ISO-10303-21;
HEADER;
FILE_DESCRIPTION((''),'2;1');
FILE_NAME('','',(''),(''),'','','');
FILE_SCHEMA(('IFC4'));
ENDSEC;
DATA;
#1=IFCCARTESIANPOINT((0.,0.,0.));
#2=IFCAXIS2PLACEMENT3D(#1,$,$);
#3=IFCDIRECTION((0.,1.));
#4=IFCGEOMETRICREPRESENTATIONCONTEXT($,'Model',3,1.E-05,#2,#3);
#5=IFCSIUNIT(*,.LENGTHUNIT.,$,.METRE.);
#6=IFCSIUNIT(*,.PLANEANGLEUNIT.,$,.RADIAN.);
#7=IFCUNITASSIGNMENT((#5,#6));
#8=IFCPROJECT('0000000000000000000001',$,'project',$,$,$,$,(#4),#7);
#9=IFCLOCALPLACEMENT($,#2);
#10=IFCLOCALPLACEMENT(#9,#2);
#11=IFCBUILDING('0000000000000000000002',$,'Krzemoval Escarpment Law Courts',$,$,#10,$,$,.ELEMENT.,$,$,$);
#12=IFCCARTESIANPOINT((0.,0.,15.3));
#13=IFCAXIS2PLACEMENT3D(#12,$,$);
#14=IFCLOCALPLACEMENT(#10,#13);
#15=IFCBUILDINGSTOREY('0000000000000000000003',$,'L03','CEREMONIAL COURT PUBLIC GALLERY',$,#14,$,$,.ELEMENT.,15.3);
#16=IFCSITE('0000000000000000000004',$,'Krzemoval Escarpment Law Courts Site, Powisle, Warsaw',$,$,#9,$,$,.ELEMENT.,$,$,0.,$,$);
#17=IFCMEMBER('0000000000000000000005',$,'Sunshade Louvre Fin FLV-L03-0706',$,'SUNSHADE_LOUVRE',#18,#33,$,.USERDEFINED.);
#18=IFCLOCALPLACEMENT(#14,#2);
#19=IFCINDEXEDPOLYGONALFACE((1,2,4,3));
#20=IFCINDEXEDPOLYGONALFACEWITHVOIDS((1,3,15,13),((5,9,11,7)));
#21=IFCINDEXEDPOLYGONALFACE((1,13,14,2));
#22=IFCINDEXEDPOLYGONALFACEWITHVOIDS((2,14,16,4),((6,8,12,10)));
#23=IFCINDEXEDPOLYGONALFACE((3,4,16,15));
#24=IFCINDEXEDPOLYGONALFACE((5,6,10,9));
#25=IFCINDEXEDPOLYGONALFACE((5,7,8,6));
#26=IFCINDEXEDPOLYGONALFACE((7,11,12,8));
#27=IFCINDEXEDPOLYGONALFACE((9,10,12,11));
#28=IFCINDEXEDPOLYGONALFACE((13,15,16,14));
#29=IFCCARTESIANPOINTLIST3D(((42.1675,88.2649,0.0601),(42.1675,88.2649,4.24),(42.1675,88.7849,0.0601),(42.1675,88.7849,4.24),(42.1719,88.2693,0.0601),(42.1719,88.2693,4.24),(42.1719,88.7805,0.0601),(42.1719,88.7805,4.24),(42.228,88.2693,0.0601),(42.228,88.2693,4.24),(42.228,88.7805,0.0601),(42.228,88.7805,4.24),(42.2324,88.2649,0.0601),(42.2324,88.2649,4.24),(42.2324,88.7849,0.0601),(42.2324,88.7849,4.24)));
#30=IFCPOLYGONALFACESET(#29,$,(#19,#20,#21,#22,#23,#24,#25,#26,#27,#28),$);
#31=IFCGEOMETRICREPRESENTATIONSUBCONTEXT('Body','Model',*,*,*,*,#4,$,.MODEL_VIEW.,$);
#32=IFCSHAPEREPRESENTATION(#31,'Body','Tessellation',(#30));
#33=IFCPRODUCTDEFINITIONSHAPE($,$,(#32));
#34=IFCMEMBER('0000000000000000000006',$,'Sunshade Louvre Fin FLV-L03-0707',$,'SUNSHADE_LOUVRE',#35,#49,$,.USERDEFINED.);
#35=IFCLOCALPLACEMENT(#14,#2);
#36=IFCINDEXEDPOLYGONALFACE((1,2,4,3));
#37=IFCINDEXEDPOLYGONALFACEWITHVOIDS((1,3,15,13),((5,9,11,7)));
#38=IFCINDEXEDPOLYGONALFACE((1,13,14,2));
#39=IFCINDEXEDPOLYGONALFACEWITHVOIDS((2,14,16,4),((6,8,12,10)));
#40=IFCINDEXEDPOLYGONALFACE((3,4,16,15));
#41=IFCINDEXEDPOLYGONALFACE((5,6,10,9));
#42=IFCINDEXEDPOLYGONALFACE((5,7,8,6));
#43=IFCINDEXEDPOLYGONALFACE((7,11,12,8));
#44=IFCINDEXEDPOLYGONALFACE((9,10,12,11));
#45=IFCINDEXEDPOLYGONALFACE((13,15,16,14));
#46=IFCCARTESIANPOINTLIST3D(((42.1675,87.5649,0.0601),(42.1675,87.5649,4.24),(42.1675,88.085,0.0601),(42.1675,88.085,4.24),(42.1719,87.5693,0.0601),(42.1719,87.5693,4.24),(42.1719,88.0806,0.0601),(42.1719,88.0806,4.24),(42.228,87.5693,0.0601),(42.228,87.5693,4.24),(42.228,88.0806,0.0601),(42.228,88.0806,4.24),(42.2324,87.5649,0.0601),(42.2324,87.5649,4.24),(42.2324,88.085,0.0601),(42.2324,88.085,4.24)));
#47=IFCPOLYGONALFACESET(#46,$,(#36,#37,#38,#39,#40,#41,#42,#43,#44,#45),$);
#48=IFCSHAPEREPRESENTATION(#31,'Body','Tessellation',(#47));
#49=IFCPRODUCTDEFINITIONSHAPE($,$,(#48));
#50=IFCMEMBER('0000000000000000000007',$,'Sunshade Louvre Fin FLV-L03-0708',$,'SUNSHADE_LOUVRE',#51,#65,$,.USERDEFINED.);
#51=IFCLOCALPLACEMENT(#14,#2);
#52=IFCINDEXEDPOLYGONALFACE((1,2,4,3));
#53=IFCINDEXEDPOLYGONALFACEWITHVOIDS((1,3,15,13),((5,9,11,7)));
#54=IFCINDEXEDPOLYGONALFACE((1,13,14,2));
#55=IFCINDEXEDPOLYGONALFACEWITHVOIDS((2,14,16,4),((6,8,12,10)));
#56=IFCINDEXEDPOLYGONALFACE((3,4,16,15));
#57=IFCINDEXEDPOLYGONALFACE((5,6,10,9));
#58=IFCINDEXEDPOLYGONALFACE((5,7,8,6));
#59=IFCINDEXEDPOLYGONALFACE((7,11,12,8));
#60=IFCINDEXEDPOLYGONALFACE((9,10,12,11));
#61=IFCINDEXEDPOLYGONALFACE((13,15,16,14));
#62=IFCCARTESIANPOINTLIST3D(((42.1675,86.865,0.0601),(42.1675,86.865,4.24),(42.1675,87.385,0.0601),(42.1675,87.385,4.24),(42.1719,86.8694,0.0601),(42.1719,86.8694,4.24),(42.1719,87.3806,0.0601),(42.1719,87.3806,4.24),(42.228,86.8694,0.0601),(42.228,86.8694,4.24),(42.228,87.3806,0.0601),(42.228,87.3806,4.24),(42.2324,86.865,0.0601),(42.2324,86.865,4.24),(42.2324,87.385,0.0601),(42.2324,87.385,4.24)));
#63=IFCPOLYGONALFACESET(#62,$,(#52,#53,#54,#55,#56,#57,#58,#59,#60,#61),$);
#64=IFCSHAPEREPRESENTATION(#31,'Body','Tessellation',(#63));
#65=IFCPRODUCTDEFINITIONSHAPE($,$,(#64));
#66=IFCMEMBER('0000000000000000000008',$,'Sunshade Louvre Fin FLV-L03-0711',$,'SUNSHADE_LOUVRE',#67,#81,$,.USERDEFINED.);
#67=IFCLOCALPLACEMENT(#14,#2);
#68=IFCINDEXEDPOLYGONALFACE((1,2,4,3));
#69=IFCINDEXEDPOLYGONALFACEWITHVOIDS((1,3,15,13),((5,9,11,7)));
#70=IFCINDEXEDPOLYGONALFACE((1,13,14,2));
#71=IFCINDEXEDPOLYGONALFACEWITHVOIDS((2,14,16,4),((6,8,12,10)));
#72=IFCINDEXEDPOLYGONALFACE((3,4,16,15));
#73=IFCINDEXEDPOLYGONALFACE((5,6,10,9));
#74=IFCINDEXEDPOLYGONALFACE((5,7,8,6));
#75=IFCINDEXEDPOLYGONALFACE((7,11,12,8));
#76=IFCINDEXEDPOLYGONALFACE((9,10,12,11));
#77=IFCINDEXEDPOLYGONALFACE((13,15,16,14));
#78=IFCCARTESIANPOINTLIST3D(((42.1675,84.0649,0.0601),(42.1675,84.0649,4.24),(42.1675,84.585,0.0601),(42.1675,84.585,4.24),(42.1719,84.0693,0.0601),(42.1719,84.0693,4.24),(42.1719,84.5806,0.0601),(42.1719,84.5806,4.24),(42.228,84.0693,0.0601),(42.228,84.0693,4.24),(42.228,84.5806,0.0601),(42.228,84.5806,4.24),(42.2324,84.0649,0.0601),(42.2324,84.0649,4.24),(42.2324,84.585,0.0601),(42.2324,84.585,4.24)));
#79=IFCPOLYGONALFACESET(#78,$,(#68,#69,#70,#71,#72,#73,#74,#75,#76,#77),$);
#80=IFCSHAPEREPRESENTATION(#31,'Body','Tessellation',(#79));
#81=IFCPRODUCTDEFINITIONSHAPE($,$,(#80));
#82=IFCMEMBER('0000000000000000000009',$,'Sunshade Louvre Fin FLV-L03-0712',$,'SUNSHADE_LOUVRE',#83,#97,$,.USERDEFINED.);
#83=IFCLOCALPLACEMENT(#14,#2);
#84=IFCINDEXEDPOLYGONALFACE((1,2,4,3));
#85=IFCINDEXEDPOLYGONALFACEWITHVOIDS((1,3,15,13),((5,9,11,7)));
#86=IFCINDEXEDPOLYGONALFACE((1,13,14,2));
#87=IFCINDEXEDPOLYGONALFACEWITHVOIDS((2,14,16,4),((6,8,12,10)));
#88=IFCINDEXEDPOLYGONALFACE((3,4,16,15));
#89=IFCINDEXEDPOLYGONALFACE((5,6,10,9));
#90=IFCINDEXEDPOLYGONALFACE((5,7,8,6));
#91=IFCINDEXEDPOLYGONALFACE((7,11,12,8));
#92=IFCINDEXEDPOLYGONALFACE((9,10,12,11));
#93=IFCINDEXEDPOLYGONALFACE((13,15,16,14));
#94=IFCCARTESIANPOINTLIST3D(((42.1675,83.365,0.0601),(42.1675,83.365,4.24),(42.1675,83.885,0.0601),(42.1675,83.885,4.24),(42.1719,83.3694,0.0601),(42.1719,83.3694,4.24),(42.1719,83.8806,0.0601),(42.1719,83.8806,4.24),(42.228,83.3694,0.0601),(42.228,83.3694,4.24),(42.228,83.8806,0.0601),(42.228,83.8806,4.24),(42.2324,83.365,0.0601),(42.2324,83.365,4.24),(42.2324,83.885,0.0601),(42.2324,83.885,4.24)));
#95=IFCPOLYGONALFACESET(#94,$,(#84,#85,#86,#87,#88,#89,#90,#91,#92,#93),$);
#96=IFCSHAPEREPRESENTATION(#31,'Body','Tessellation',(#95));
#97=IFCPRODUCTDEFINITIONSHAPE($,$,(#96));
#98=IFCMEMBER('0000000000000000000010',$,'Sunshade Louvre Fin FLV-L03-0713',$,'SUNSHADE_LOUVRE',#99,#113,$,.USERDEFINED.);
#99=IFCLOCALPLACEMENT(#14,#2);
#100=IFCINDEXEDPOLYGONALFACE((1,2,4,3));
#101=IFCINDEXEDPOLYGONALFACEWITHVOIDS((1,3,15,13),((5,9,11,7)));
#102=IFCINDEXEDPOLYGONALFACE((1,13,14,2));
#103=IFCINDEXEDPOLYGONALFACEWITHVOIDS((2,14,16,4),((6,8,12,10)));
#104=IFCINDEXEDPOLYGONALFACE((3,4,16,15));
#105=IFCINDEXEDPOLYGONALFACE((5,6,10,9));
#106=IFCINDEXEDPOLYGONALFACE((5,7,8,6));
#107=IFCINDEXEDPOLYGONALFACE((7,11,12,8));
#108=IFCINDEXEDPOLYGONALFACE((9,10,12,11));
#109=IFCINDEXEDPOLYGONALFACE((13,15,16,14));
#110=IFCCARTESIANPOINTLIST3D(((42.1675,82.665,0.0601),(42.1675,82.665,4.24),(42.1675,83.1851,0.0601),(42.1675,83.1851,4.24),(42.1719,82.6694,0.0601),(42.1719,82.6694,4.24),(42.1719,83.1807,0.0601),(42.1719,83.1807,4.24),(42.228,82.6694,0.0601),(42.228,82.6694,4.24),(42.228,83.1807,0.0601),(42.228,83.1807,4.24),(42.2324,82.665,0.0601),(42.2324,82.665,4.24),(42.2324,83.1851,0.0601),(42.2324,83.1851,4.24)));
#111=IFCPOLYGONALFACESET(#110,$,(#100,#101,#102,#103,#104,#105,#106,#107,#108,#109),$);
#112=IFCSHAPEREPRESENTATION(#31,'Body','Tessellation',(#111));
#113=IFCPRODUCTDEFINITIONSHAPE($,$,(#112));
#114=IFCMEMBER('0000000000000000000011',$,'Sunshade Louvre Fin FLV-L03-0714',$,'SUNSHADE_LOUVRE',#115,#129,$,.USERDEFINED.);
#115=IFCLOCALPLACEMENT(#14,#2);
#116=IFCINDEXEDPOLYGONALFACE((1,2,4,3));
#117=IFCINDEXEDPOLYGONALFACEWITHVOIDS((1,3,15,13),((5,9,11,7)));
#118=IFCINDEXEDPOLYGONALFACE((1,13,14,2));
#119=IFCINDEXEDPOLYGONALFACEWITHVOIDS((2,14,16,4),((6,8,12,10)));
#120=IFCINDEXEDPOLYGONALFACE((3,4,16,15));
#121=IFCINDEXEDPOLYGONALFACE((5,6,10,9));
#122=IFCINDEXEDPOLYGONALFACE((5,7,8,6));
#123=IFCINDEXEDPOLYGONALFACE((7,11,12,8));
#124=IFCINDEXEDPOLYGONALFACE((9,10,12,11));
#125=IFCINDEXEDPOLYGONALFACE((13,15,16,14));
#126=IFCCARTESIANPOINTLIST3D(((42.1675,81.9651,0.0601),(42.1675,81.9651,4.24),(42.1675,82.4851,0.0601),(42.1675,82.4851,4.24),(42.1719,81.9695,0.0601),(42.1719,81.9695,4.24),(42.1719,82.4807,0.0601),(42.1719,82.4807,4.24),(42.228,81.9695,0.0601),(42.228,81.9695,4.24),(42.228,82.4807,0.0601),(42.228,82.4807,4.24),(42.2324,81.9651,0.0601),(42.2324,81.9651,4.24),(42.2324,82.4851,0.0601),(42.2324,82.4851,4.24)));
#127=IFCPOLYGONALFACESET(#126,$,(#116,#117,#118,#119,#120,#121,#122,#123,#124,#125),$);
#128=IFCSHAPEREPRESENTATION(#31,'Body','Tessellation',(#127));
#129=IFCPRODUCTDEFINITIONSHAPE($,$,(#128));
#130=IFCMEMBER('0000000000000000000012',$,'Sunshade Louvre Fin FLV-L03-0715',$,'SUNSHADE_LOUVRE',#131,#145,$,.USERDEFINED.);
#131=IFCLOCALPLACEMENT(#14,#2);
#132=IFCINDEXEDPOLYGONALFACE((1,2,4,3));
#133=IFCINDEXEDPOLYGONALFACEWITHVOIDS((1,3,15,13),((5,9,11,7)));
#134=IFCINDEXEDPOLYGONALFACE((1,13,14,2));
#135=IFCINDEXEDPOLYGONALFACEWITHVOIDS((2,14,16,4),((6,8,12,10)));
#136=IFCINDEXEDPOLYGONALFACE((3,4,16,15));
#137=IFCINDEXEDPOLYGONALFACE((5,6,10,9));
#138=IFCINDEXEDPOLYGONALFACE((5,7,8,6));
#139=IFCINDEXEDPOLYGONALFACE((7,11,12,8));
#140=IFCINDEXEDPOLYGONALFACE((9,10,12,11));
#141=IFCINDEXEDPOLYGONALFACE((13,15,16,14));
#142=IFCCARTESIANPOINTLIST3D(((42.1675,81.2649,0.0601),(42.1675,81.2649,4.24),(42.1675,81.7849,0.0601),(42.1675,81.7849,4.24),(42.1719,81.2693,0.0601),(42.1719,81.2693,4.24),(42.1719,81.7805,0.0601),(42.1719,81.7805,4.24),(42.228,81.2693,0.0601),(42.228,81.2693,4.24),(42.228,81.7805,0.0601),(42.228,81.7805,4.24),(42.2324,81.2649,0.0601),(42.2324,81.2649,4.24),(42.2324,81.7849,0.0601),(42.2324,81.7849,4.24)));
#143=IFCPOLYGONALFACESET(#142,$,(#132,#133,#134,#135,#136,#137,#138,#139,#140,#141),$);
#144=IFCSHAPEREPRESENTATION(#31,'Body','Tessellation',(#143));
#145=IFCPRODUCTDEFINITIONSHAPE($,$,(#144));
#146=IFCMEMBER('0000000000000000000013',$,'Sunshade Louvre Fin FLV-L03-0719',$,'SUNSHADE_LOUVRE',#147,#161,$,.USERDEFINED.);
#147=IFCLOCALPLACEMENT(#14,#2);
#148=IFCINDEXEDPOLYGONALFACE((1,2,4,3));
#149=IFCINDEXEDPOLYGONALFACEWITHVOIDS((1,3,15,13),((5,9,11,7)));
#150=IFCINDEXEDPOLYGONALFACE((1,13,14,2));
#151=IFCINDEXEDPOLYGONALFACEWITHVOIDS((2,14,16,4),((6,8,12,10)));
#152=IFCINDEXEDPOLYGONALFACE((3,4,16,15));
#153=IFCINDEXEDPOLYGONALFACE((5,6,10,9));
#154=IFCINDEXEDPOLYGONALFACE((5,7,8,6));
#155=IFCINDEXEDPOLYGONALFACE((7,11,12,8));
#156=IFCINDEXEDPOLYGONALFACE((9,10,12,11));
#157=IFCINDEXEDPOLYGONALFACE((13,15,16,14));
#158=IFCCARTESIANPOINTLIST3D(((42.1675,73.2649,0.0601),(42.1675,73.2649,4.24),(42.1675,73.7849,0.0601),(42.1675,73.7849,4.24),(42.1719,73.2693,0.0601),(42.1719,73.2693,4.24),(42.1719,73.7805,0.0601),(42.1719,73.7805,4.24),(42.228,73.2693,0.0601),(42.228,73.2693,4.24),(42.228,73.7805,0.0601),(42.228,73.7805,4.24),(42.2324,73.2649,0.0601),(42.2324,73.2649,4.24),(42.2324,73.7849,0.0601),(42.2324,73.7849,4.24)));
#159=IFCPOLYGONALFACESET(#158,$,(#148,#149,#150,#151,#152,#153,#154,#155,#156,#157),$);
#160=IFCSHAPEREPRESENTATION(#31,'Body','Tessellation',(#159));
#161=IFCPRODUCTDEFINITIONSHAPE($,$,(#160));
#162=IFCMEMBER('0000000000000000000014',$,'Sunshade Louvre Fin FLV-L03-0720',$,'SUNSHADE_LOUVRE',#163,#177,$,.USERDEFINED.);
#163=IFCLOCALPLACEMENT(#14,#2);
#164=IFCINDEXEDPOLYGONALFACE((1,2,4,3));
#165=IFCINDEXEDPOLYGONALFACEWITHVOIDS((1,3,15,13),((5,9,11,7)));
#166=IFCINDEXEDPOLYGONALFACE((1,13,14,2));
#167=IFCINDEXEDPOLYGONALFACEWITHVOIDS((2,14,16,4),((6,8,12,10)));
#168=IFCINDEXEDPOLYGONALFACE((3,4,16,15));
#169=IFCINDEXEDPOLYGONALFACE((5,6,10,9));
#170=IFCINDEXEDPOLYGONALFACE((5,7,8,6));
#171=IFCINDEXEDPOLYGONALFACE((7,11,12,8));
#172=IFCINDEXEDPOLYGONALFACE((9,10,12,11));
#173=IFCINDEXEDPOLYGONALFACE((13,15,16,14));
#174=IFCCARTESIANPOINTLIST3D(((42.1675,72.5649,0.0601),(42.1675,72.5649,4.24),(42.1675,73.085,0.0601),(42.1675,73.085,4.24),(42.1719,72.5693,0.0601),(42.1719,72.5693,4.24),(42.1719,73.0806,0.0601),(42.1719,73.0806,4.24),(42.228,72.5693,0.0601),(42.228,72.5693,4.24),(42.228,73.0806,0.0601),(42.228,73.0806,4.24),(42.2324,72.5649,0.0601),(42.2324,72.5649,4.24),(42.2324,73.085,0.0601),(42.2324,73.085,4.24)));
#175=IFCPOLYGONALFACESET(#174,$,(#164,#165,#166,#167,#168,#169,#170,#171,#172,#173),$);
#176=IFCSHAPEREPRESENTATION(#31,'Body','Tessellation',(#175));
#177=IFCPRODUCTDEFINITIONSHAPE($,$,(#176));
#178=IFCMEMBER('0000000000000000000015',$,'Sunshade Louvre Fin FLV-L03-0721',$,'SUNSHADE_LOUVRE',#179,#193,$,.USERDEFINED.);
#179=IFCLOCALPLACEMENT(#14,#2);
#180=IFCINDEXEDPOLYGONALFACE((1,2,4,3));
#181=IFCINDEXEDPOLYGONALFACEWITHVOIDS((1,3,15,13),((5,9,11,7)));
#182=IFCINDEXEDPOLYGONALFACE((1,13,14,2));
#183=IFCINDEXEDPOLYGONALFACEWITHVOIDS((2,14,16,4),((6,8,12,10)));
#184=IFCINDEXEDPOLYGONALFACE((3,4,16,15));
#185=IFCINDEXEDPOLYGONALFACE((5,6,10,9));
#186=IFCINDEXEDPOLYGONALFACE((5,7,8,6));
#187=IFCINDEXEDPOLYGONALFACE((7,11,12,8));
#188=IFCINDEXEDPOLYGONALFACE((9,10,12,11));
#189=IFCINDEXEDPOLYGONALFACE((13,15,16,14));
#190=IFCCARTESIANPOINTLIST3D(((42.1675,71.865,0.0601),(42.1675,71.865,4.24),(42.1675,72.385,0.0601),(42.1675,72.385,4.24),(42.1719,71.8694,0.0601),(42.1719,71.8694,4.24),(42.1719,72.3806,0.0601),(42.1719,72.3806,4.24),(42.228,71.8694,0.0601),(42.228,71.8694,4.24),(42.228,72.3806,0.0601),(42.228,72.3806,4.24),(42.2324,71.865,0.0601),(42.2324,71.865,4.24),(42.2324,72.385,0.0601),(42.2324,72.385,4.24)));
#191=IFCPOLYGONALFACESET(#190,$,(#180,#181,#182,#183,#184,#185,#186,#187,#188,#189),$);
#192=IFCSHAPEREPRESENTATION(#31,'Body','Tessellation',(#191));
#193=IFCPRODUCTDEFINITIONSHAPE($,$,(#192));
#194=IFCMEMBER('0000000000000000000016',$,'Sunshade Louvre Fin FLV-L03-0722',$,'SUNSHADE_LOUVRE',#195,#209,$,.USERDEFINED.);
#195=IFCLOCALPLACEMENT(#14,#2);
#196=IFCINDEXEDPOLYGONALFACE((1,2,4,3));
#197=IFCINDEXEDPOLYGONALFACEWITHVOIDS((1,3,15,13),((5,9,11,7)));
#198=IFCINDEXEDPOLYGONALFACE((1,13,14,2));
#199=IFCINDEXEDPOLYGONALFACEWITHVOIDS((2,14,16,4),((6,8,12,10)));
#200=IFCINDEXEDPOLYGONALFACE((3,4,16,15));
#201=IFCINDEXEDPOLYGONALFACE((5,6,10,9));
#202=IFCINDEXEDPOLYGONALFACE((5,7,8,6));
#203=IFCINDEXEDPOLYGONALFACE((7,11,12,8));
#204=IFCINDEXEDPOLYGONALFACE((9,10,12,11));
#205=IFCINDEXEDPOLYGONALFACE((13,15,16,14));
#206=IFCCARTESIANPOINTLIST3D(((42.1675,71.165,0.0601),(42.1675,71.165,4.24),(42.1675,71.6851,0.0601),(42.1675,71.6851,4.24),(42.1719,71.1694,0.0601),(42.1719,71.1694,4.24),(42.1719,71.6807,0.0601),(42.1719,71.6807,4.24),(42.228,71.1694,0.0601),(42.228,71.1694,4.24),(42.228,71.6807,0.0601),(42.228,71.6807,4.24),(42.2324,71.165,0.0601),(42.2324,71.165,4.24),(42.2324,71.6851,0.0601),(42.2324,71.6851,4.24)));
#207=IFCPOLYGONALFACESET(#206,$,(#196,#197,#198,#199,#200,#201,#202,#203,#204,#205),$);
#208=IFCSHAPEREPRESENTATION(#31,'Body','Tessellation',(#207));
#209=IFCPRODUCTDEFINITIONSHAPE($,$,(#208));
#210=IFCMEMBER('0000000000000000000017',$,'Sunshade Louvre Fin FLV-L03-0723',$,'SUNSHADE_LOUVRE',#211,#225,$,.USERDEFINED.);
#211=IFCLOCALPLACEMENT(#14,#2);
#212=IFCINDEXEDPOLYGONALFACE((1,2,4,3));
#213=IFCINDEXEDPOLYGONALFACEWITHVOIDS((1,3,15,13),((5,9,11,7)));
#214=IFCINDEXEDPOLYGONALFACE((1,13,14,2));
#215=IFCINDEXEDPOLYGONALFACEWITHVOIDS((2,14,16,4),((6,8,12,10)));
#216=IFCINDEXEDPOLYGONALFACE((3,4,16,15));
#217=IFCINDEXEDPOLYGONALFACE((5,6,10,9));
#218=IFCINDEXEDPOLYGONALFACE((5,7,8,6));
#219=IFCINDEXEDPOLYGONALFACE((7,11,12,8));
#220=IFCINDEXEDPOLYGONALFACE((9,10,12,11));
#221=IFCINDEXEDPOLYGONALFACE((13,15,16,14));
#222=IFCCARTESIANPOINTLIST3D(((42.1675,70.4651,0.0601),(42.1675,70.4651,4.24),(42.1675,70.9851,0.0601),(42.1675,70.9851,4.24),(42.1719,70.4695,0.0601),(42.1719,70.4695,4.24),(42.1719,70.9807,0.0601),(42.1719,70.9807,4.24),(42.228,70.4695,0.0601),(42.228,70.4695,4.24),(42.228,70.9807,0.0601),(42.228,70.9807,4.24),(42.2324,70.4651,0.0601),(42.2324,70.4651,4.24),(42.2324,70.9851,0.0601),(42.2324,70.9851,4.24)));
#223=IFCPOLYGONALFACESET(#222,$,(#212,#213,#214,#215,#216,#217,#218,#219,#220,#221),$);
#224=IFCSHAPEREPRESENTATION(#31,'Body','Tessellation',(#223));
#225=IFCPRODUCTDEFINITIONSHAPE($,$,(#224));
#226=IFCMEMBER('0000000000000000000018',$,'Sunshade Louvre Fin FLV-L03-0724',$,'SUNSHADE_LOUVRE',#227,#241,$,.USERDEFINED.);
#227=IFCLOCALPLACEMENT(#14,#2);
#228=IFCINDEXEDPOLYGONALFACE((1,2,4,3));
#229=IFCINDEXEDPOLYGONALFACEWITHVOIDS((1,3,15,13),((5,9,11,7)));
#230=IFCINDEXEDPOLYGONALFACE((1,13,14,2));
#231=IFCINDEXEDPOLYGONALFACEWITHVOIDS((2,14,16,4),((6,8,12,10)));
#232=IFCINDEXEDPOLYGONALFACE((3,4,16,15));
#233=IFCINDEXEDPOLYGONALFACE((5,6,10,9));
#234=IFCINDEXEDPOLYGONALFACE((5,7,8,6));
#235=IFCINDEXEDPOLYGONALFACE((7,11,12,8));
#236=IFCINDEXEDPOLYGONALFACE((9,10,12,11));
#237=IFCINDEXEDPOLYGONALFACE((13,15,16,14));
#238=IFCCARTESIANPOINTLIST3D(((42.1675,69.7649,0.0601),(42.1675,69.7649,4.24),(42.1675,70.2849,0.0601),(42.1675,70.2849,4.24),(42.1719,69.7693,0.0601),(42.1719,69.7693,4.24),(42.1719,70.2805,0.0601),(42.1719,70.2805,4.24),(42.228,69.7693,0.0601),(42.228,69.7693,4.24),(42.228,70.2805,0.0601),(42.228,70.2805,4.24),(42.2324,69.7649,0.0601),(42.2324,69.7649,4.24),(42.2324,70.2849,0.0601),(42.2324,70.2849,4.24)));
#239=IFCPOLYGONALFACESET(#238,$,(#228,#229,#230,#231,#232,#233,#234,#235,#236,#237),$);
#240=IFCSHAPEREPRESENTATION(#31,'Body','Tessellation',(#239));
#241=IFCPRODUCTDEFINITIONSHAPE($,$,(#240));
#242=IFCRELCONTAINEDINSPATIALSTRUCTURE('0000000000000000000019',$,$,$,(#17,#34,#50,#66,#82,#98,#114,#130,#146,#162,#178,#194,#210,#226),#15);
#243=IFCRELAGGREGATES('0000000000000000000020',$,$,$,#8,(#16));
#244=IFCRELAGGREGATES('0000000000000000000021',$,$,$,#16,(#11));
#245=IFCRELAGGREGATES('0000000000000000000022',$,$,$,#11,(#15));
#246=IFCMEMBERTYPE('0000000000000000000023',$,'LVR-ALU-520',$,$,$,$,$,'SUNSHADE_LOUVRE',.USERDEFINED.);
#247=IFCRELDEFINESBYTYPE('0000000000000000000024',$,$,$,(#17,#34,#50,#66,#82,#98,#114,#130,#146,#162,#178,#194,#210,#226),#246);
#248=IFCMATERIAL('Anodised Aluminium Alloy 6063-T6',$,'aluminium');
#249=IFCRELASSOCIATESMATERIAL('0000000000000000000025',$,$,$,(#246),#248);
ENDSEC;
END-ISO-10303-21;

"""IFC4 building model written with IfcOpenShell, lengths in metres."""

from ifc_helpers import new_model, si_unit, direction, frame, origin, origin_2d, place, context, subcontext, project, spatial, hollow_rectangle, extrude, material, material_profile, profile_set, type_object, element, save


model = new_model("IFC4")

# Units and contexts
model_context = context("Model", 3, precision=1e-05, world=origin(), true_north=direction((0.0, 1.0)))
body_context = subcontext(model_context, "Body", "Model", "MODEL_VIEW")
ifc_project = project(units=[si_unit("LENGTHUNIT", "METRE"), si_unit("PLANEANGLEUNIT", "RADIAN")], contexts=[model_context])

# Site, building, storey
site_placement = place(None, origin())
site = spatial("IfcSite", under=ifc_project, at=site_placement, Name="Krzemoval Escarpment Law Courts Site, Powisle, Warsaw", CompositionType="ELEMENT", RefElevation=0.0)
building_placement = place(site_placement, origin())
building = spatial("IfcBuilding", under=site, at=building_placement, Name="Krzemoval Escarpment Law Courts", CompositionType="ELEMENT")
storey_placement = place(building_placement, frame((0.0, 0.0, 15.3)))
storey = spatial("IfcBuildingStorey", under=building, at=storey_placement, Name="L03", Description="CEREMONIAL COURT PUBLIC GALLERY", CompositionType="ELEMENT", Elevation=15.3)

# Members
ifc_material_1 = material(Name="Anodised Aluminium Alloy 6063-T6", Category="aluminium")
ifc_material_profile_1 = material_profile(ifc_material_1, hollow_rectangle(XDim=0.0649, YDim=0.52, WallThickness=0.0044, at=origin_2d()), Name="ALU LVR 65x520")
ifc_profile_set_1 = profile_set([ifc_material_profile_1], Name="Anodised Aluminium Alloy 6063-T6")
member_type_1 = type_object("IfcMemberType", Name="LVR-ALU-520", ElementType="SUNSHADE_LOUVRE", PredefinedType="USERDEFINED", material=ifc_profile_set_1)
for number, where, z_axis, x_axis, name in (
    (1, (42.2, 88.5249, 0.0601), (0.0, 0.0, 1.0), (1.0, 0.0, 0.0), "Sunshade Louvre Fin FLV-L03-0706"),
    (2, (42.2, 87.825, 0.0601), (0.0, 0.0, 1.0), (1.0, 0.0, 0.0), "Sunshade Louvre Fin FLV-L03-0707"),
    (3, (42.2, 87.125, 0.0601), (0.0, 0.0, 1.0), (1.0, 0.0, 0.0), "Sunshade Louvre Fin FLV-L03-0708"),
    (4, (42.2, 84.325, 0.0601), (0.0, 0.0, 1.0), (1.0, 0.0, 0.0), "Sunshade Louvre Fin FLV-L03-0711"),
    (5, (42.2, 83.625, 0.0601), (0.0, 0.0, 1.0), (1.0, 0.0, 0.0), "Sunshade Louvre Fin FLV-L03-0712"),
    (6, (42.2, 82.925, 0.0601), (0.0, 0.0, 1.0), (1.0, 0.0, 0.0), "Sunshade Louvre Fin FLV-L03-0713"),
    (7, (42.2, 82.2251, 0.0601), (0.0, 0.0, 1.0), (1.0, 0.0, 0.0), "Sunshade Louvre Fin FLV-L03-0714"),
    (8, (42.2, 81.5249, 0.0601), (0.0, 0.0, 1.0), (1.0, 0.0, 0.0), "Sunshade Louvre Fin FLV-L03-0715"),
    (9, (42.2, 73.5249, 0.0601), (0.0, 0.0, 1.0), (1.0, 0.0, 0.0), "Sunshade Louvre Fin FLV-L03-0719"),
    (10, (42.2, 72.825, 0.0601), (0.0, 0.0, 1.0), (1.0, 0.0, 0.0), "Sunshade Louvre Fin FLV-L03-0720"),
    (11, (42.2, 72.125, 0.0601), (0.0, 0.0, 1.0), (1.0, 0.0, 0.0), "Sunshade Louvre Fin FLV-L03-0721"),
    (12, (42.2, 71.425, 0.0601), (0.0, 0.0, 1.0), (1.0, 0.0, 0.0), "Sunshade Louvre Fin FLV-L03-0722"),
    (13, (42.2, 70.7251, 0.0601), (0.0, 0.0, 1.0), (1.0, 0.0, 0.0), "Sunshade Louvre Fin FLV-L03-0723"),
    (14, (42.2, 70.0249, 0.0601), (0.0, 0.0, 1.0), (1.0, 0.0, 0.0), "Sunshade Louvre Fin FLV-L03-0724"),
):
    element("IfcMember", number, at=place(storey_placement, frame(where, z_axis=z_axis, x_axis=x_axis)), inside=storey, type_object=member_type_1, Name=name, ObjectType="SUNSHADE_LOUVRE", PredefinedType="USERDEFINED", context=body_context, shape_type="SweptSolid", body=[
        extrude(hollow_rectangle(XDim=0.0649, YDim=0.52, WallThickness=0.0044, at=origin_2d()), origin(), (0.0, 0.0, 1.0), 4.1799),
    ])

save(model, "model.ifc")
